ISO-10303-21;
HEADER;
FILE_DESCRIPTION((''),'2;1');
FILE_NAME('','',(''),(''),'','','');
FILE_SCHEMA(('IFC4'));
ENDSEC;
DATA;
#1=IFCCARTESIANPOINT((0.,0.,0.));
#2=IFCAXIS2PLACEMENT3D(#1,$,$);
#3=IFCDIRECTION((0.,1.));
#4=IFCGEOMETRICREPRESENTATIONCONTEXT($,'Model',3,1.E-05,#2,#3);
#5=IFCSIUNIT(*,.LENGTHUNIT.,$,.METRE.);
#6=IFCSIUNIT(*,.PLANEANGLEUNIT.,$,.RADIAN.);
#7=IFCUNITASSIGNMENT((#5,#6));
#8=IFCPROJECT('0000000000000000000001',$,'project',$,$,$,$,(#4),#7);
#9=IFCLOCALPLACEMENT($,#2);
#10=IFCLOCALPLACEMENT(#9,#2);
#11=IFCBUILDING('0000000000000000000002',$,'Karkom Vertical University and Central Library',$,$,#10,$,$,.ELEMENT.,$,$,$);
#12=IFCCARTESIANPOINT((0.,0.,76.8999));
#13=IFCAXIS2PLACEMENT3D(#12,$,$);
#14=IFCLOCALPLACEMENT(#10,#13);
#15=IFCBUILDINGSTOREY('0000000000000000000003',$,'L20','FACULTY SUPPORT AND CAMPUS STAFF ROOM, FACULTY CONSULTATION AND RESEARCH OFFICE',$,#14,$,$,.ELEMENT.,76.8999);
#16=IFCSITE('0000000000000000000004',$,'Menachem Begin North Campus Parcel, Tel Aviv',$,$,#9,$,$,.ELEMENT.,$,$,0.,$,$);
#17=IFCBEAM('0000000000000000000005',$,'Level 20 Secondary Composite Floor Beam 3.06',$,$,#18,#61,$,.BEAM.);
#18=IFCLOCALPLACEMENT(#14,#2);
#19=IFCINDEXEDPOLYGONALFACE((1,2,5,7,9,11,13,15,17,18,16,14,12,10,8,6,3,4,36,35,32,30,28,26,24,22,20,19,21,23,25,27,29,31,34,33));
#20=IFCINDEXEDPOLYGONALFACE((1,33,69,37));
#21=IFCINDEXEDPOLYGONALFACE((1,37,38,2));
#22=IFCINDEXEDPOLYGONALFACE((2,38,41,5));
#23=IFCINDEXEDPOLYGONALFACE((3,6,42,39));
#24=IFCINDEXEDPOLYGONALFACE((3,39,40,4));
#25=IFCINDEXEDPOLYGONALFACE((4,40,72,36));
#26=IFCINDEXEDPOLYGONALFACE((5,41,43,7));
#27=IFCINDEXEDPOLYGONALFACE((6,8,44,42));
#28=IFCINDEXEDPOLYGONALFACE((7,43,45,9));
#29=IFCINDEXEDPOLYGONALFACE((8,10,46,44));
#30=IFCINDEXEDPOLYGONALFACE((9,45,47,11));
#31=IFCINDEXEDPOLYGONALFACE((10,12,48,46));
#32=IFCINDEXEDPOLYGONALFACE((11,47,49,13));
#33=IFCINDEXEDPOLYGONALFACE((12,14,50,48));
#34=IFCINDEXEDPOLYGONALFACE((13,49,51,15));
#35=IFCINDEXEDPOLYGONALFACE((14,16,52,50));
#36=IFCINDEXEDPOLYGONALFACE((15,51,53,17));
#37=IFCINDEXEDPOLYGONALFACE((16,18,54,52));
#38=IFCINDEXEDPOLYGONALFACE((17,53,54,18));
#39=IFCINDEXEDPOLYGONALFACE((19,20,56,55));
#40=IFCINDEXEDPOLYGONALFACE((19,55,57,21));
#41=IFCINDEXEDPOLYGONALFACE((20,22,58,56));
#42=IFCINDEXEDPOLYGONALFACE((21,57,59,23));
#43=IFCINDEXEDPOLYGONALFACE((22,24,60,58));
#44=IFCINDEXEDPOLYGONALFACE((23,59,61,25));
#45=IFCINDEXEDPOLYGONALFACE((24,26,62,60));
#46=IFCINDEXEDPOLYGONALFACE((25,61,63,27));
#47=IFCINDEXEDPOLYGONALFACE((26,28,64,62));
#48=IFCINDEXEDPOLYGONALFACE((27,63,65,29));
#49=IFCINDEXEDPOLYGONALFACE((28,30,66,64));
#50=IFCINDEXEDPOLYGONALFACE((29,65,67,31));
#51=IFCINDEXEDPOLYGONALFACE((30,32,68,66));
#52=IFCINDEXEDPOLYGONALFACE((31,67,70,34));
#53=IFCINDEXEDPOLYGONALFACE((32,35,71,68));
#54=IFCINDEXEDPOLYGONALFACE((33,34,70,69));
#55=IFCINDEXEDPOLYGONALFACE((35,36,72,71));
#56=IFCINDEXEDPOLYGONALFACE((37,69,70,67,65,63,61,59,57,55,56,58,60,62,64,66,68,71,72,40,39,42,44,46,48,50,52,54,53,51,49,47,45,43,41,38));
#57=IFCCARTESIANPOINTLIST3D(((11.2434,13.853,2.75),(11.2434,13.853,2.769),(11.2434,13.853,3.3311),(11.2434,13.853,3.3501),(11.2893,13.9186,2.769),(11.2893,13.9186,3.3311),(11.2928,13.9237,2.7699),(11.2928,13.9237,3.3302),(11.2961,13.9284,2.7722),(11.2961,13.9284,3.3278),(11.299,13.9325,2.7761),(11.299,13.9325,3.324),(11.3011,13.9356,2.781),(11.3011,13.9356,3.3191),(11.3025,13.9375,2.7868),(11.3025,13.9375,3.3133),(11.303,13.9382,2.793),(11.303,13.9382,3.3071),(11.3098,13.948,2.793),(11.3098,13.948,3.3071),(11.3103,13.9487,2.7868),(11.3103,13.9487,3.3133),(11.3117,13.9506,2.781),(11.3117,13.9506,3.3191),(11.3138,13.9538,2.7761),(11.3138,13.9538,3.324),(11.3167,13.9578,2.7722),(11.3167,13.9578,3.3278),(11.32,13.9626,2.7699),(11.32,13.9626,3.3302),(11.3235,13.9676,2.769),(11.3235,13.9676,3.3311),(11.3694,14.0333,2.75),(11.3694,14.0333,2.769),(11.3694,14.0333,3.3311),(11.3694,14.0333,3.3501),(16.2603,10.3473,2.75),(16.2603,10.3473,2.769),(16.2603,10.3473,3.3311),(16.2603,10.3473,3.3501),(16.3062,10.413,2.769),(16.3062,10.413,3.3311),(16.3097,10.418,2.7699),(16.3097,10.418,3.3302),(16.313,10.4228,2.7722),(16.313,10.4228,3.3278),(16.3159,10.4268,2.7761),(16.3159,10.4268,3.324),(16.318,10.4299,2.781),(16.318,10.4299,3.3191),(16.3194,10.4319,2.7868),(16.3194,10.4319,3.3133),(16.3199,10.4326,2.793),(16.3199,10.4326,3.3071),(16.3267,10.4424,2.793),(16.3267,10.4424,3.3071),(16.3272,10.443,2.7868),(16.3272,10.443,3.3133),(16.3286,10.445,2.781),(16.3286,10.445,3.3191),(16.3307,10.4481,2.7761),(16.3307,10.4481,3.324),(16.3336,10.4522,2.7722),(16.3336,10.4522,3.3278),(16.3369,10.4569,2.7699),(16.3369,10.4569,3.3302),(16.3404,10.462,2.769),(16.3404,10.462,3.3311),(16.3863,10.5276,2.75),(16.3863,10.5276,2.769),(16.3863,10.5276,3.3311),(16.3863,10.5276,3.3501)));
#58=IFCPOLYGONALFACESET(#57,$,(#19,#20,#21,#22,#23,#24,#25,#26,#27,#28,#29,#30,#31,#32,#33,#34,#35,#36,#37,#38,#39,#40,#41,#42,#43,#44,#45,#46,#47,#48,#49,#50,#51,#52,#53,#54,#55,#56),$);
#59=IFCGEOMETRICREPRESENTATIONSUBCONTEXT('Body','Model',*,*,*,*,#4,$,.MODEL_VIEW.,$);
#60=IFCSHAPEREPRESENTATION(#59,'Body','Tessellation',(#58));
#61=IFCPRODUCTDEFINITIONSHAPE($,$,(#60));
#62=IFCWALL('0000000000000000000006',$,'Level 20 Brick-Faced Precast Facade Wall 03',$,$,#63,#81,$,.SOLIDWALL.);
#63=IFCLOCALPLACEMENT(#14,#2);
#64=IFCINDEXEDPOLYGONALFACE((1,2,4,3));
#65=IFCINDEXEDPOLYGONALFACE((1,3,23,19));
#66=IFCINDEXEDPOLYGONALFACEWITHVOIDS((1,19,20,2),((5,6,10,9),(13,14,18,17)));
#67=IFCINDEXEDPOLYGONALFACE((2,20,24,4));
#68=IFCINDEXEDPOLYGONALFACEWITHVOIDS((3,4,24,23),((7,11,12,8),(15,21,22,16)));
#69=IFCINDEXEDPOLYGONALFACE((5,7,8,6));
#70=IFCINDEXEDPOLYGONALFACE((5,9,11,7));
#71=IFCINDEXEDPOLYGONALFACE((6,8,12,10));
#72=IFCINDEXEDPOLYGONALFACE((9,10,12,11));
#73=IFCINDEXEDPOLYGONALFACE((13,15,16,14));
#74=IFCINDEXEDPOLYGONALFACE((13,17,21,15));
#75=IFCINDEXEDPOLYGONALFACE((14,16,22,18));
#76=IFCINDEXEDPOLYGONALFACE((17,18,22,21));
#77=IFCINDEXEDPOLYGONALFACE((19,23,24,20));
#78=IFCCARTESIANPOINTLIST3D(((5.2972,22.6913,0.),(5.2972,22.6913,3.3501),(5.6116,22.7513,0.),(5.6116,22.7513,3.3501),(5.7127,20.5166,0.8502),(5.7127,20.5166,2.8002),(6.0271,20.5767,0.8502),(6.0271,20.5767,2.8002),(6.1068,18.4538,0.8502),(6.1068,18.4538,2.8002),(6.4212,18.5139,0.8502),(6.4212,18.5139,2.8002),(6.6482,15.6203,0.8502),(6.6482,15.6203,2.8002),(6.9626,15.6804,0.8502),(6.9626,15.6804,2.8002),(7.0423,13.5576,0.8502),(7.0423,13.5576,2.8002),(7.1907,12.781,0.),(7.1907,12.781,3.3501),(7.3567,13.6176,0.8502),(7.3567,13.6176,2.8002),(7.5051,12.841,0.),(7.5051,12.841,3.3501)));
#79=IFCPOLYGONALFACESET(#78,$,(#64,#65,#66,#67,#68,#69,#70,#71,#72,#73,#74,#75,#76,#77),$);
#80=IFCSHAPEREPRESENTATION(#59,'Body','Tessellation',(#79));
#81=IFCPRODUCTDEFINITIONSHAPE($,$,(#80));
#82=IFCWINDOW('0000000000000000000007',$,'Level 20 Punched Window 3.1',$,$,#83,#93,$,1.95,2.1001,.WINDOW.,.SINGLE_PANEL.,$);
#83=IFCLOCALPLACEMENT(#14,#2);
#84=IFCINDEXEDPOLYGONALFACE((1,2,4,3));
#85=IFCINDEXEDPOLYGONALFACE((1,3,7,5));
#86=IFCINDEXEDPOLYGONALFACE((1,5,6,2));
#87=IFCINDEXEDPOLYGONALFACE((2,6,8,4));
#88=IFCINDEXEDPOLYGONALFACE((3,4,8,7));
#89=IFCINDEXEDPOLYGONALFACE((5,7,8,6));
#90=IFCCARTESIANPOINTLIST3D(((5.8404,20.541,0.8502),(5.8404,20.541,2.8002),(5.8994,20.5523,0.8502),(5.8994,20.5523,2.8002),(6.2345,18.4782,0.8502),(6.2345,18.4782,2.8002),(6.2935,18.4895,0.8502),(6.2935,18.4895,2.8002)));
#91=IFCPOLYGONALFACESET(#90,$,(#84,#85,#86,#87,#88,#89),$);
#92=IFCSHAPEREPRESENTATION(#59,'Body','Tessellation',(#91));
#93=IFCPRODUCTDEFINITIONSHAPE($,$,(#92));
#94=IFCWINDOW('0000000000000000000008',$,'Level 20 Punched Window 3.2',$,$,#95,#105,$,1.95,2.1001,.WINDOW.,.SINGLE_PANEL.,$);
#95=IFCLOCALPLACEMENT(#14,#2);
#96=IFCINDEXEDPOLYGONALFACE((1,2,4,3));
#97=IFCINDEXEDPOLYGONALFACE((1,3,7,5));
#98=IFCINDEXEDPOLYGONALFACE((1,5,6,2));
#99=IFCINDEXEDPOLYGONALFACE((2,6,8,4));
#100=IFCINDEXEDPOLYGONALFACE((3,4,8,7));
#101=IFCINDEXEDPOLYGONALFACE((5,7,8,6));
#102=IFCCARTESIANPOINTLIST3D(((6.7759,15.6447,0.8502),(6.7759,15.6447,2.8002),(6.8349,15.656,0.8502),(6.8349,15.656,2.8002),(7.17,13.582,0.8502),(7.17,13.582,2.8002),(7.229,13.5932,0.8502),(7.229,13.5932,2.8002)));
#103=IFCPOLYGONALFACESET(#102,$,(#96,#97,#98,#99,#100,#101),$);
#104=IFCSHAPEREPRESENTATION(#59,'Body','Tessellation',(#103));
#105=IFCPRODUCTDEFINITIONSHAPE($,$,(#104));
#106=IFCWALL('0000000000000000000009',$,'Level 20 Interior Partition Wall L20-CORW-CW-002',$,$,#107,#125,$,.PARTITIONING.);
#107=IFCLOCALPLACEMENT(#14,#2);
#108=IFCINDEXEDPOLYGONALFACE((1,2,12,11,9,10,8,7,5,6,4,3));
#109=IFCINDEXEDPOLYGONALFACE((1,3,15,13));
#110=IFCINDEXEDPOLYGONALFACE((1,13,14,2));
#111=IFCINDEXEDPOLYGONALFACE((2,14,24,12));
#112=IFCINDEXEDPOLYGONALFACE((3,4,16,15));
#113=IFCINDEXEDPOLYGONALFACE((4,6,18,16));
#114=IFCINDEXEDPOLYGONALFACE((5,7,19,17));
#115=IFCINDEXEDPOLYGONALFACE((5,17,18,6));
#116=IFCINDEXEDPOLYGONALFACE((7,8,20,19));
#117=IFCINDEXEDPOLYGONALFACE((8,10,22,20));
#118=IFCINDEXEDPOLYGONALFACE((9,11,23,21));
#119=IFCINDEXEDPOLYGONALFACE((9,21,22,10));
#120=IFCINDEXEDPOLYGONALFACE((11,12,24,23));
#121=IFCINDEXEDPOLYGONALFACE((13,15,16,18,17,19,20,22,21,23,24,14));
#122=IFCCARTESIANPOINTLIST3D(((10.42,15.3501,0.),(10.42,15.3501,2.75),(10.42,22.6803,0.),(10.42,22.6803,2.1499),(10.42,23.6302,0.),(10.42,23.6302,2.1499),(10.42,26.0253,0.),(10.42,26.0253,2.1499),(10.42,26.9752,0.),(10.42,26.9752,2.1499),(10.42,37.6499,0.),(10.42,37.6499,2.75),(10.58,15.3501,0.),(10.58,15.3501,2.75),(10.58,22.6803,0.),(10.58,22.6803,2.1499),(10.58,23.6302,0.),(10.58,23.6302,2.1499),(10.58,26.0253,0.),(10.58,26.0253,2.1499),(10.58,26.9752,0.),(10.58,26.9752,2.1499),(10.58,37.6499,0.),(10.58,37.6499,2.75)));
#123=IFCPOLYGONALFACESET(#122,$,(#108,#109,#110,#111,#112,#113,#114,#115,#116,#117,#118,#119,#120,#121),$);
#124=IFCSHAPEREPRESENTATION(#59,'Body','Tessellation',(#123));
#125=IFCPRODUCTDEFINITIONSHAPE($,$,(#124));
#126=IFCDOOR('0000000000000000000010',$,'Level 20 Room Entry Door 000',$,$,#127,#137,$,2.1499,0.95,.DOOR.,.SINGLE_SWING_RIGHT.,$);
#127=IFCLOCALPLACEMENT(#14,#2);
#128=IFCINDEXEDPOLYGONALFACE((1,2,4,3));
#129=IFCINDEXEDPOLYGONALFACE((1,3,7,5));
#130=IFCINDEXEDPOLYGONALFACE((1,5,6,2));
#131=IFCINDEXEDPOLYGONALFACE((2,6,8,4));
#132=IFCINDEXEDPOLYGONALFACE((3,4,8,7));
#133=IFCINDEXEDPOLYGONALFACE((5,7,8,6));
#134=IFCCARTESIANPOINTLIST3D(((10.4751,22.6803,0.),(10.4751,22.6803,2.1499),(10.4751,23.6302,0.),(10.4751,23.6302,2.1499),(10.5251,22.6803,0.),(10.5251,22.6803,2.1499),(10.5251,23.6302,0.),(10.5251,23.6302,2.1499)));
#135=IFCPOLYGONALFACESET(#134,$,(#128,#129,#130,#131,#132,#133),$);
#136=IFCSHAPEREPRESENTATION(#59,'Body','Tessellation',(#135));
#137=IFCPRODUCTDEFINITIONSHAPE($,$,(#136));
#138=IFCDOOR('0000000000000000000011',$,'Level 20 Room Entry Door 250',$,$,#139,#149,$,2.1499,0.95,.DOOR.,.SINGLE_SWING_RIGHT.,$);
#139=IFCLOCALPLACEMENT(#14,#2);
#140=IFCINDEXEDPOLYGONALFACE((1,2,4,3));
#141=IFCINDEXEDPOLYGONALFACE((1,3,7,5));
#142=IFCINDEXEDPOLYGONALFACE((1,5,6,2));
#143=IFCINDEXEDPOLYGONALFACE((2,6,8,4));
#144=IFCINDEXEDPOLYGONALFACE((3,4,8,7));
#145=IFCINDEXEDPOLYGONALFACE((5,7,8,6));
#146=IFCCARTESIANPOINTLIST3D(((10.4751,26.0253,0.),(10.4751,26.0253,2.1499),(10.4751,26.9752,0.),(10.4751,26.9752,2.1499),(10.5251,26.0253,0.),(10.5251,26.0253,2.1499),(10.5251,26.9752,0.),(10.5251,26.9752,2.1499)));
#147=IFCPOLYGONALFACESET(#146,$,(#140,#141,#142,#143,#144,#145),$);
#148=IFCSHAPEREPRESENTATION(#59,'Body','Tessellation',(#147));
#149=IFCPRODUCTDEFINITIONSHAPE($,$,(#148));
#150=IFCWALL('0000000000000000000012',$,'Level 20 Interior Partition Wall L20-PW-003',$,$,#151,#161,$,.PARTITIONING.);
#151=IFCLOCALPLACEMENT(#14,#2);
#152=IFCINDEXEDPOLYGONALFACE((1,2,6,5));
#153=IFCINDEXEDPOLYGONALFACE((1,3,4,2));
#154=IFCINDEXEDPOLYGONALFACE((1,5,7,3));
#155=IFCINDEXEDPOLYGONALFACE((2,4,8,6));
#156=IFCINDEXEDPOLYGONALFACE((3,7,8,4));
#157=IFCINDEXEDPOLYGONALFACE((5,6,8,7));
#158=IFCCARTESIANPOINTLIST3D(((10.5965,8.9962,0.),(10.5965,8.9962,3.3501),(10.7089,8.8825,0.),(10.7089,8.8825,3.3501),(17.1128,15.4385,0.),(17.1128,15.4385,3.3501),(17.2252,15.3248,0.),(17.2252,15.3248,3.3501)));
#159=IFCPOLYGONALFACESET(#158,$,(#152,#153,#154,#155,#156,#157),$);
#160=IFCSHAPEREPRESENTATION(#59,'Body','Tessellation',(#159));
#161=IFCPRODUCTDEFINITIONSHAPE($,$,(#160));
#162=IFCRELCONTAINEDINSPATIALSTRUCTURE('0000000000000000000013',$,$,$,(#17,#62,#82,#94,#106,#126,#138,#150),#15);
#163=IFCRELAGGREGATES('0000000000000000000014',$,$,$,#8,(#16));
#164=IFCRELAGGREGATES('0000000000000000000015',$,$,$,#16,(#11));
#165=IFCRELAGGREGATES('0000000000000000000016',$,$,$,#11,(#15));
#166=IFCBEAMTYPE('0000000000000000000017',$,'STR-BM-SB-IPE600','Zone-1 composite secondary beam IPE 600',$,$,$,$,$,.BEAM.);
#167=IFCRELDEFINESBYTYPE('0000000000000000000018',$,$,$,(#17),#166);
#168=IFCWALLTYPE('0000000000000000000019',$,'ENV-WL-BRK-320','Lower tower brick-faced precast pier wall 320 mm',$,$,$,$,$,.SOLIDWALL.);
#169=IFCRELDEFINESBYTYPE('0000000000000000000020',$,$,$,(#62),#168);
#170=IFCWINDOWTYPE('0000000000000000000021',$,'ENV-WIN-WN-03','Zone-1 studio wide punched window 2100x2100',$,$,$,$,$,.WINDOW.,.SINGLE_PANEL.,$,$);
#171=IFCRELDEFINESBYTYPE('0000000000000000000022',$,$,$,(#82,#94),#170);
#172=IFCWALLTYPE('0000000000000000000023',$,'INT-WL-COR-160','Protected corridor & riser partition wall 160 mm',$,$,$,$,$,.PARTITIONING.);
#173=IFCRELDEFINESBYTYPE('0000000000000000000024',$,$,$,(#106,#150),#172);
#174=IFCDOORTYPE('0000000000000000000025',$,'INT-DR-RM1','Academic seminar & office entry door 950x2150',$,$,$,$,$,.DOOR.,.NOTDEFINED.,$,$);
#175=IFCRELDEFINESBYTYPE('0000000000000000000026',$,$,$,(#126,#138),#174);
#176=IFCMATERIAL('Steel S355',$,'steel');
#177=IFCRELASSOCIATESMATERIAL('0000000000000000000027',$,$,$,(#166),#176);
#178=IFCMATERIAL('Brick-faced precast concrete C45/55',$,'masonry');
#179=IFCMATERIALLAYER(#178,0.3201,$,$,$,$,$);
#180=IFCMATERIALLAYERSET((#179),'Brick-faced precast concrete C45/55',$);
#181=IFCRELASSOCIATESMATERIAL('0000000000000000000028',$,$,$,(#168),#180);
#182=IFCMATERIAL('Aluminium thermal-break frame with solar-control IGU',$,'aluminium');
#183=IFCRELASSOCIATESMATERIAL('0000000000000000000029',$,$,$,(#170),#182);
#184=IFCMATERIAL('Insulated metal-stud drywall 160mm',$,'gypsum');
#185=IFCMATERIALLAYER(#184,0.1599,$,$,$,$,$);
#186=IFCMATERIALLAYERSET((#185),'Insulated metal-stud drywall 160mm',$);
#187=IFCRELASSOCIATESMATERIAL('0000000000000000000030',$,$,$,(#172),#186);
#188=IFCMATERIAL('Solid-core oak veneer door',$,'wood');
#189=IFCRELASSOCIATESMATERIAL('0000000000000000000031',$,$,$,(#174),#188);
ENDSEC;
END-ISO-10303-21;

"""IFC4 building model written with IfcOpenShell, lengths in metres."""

from ifc_helpers import new_model, si_unit, direction, frame, frame_2d, origin, origin_with_axes, origin_2d, place, context, subcontext, project, spatial, rectangle, i_section, extrude, source, transform, mapped, material, layer, layer_set, material_profile, profile_set, type_object, element, fill, save


model = new_model("IFC4")

# Units and contexts
model_context = context("Model", 3, precision=1e-05, world=origin(), true_north=direction((0.0, 1.0)))
body_context = subcontext(model_context, "Body", "Model", "MODEL_VIEW")
ifc_project = project(units=[si_unit("LENGTHUNIT", "METRE"), si_unit("PLANEANGLEUNIT", "RADIAN")], contexts=[model_context])

# Site, building, storey
site_placement = place(None, origin())
site = spatial("IfcSite", under=ifc_project, at=site_placement, Name="Menachem Begin North Campus Parcel, Tel Aviv", CompositionType="ELEMENT", RefElevation=0.0)
building_placement = place(site_placement, origin())
building = spatial("IfcBuilding", under=site, at=building_placement, Name="Karkom Vertical University and Central Library", CompositionType="ELEMENT")
storey_placement = place(building_placement, frame((0.0, 0.0, 76.8999)))
storey = spatial("IfcBuildingStorey", under=building, at=storey_placement, Name="L20", Description="FACULTY SUPPORT AND CAMPUS STAFF ROOM, FACULTY CONSULTATION AND RESEARCH OFFICE", CompositionType="ELEMENT", Elevation=76.8999)

# Beam
ifc_material_1 = material(Name="Steel S355", Category="steel")
ifc_material_profile_1 = material_profile(ifc_material_1, i_section(OverallWidth=0.22, OverallDepth=0.6001, WebThickness=0.012, FlangeThickness=0.019, FilletRadius=0.0239, at=origin_2d()), Name="IPE 600")
ifc_profile_set_1 = profile_set([ifc_material_profile_1], Name="Steel S355")
beam_type_1 = type_object("IfcBeamType", Name="STR-BM-SB-IPE600", Description="Zone-1 composite secondary beam IPE 600", PredefinedType="BEAM", material=ifc_profile_set_1)
shared_shape_1 = source(origin_with_axes(), body_context, "Body", "SweptSolid", [
    extrude(i_section(OverallWidth=0.22, OverallDepth=0.6001, WebThickness=0.012, FlangeThickness=0.019, FilletRadius=0.0239, at=origin_2d()), origin(), (0.0, 0.0, 1.0), 6.1204),
])
beam_1_placement = place(storey_placement, frame((11.3064, 13.9431, 3.05), z_axis=(0.819706, -0.572785, 0.0), x_axis=(0.572785, 0.819706, 0.0)))
element("IfcBeam", 1, at=beam_1_placement, inside=storey, type_object=beam_type_1, Name="Level 20 Secondary Composite Floor Beam 3.06", PredefinedType="BEAM", context=body_context, shape_type="MappedRepresentation", body=[
    mapped(shared_shape_1, transform((0.0, 0.0, 0.0), scale=1.0)),
])

# Wall, openings, windows
ifc_material_2 = material(Name="Brick-faced precast concrete C45/55", Category="masonry")
ifc_layer_1 = layer(ifc_material_2, 0.3201)
ifc_layer_set_1 = layer_set([ifc_layer_1], Name="Brick-faced precast concrete C45/55")
wall_type_1 = type_object("IfcWallType", Name="ENV-WL-BRK-320", Description="Lower tower brick-faced precast pier wall 320 mm", PredefinedType="SOLIDWALL", material=ifc_layer_set_1)
wall_1_placement = place(storey_placement, frame((5.4543, 22.7214, 0.0), z_axis=(0.0, 0.0, 1.0), x_axis=(0.187672, -0.982232, 0.0)))
wall_1 = element("IfcWall", 2, at=wall_1_placement, inside=storey, type_object=wall_type_1, Name="Level 20 Brick-Faced Precast Facade Wall 03", PredefinedType="SOLIDWALL", context=body_context, shape_type="SweptSolid", body=[
    extrude(rectangle(XDim=10.0896, YDim=0.3201, at=frame_2d((5.0449, 0.0))), origin(), (0.0, 0.0, 1.0), 3.3501),
])
opening_1_placement = place(wall_1_placement, frame((2.2141, 0.0, 0.8501)))
opening_1 = element("IfcOpeningElement", 3, at=opening_1_placement, cuts=wall_1, PredefinedType="OPENING", context=body_context, shape_type="SweptSolid", body=[
    extrude(rectangle(XDim=2.1001, YDim=1.95, at=frame_2d((1.05, 0.9751))), frame((0.0, 0.1699, 0.0), z_axis=(0.0, -1.0, 0.0), x_axis=(1.0, 0.0, 0.0)), (0.0, 0.0, 1.0), 0.3401),
])
opening_2_placement = place(wall_1_placement, frame((7.199, 0.0, 0.8501)))
opening_2 = element("IfcOpeningElement", 4, at=opening_2_placement, cuts=wall_1, PredefinedType="OPENING", context=body_context, shape_type="SweptSolid", body=[
    extrude(rectangle(XDim=2.1001, YDim=1.95, at=frame_2d((1.05, 0.9751))), frame((0.0, 0.1699, 0.0), z_axis=(0.0, -1.0, 0.0), x_axis=(1.0, 0.0, 0.0)), (0.0, 0.0, 1.0), 0.3401),
])
ifc_material_3 = material(Name="Aluminium thermal-break frame with solar-control IGU", Category="aluminium")
window_type = type_object("IfcWindowType", Name="ENV-WIN-WN-03", Description="Zone-1 studio wide punched window 2100x2100", PartitioningType="SINGLE_PANEL", PredefinedType="WINDOW", material=ifc_material_3)
shared_shape_2 = source(origin_with_axes(), body_context, "Body", "SweptSolid", [
    extrude(rectangle(XDim=2.1001, YDim=1.95, at=frame_2d((1.05, 0.9751))), frame((0.0, 0.03, 0.0), z_axis=(0.0, -1.0, 0.0), x_axis=(1.0, 0.0, 0.0)), (0.0, 0.0, 1.0), 0.0601),
])
window_1_placement = place(opening_1_placement, origin())
window_1 = element("IfcWindow", 5, at=window_1_placement, inside=storey, type_object=window_type, Name="Level 20 Punched Window 3.1", OverallHeight=1.95, OverallWidth=2.1001, PartitioningType="SINGLE_PANEL", PredefinedType="WINDOW", context=body_context, shape_type="MappedRepresentation", body=[
    mapped(shared_shape_2, transform((0.0, 0.0, 0.0), scale=1.0)),
])
fill(opening_1, window_1)
window_2_placement = place(opening_2_placement, origin())
window_2 = element("IfcWindow", 6, at=window_2_placement, inside=storey, type_object=window_type, Name="Level 20 Punched Window 3.2", OverallHeight=1.95, OverallWidth=2.1001, PartitioningType="SINGLE_PANEL", PredefinedType="WINDOW", context=body_context, shape_type="MappedRepresentation", body=[
    mapped(shared_shape_2, transform((0.0, 0.0, 0.0), scale=1.0)),
])
fill(opening_2, window_2)

# Wall, openings, doors
ifc_material_4 = material(Name="Insulated metal-stud drywall 160mm", Category="gypsum")
ifc_layer_2 = layer(ifc_material_4, 0.1599)
ifc_layer_set_2 = layer_set([ifc_layer_2], Name="Insulated metal-stud drywall 160mm")
wall_type_2 = type_object("IfcWallType", Name="INT-WL-COR-160", Description="Protected corridor & riser partition wall 160 mm", PredefinedType="PARTITIONING", material=ifc_layer_set_2)
wall_2_placement = place(storey_placement, frame((10.5, 15.3501, 0.0), z_axis=(0.0, 0.0, 1.0), x_axis=(0.0, 1.0, 0.0)))
wall_2 = element("IfcWall", 7, at=wall_2_placement, inside=storey, type_object=wall_type_2, Name="Level 20 Interior Partition Wall L20-CORW-CW-002", PredefinedType="PARTITIONING", context=body_context, shape_type="SweptSolid", body=[
    extrude(rectangle(XDim=22.2998, YDim=0.1599, at=frame_2d((11.1499, 0.0))), origin(), (0.0, 0.0, 1.0), 2.75),
])
opening_3_placement = place(wall_2_placement, frame((7.3301, 0.0, 0.0)))
opening_3 = element("IfcOpeningElement", 8, at=opening_3_placement, cuts=wall_2, PredefinedType="OPENING", context=body_context, shape_type="SweptSolid", body=[
    extrude(rectangle(XDim=0.95, YDim=2.1499, at=frame_2d((0.4751, 1.075))), frame((0.0, 0.0898, 0.0), z_axis=(0.0, -1.0, 0.0), x_axis=(1.0, 0.0, 0.0)), (0.0, 0.0, 1.0), 0.1799),
])
opening_4_placement = place(wall_2_placement, frame((10.675, 0.0, 0.0)))
opening_4 = element("IfcOpeningElement", 9, at=opening_4_placement, cuts=wall_2, PredefinedType="OPENING", context=body_context, shape_type="SweptSolid", body=[
    extrude(rectangle(XDim=0.95, YDim=2.1499, at=frame_2d((0.4751, 1.075))), frame((0.0, 0.0898, 0.0), z_axis=(0.0, -1.0, 0.0), x_axis=(1.0, 0.0, 0.0)), (0.0, 0.0, 1.0), 0.1799),
])
ifc_material_5 = material(Name="Solid-core oak veneer door", Category="wood")
door_type_1 = type_object("IfcDoorType", Name="INT-DR-RM1", Description="Academic seminar & office entry door 950x2150", OperationType="NOTDEFINED", PredefinedType="DOOR", material=ifc_material_5)
shared_shape_3 = source(origin_with_axes(), body_context, "Body", "SweptSolid", [
    extrude(rectangle(XDim=0.95, YDim=2.1499, at=frame_2d((0.4751, 1.075))), frame((0.0, 0.0249, 0.0), z_axis=(0.0, -1.0, 0.0), x_axis=(1.0, 0.0, 0.0)), (0.0, 0.0, 1.0), 0.05),
])
door_1_placement = place(opening_3_placement, origin())
door_1 = element("IfcDoor", 10, at=door_1_placement, inside=storey, type_object=door_type_1, Name="Level 20 Room Entry Door 000", OperationType="SINGLE_SWING_RIGHT", OverallHeight=2.1499, OverallWidth=0.95, PredefinedType="DOOR", context=body_context, shape_type="MappedRepresentation", body=[
    mapped(shared_shape_3, transform((0.0, 0.0, 0.0), scale=1.0)),
])
fill(opening_3, door_1)
door_2_placement = place(opening_4_placement, origin())
door_2 = element("IfcDoor", 11, at=door_2_placement, inside=storey, type_object=door_type_1, Name="Level 20 Room Entry Door 250", OperationType="SINGLE_SWING_RIGHT", OverallHeight=2.1499, OverallWidth=0.95, PredefinedType="DOOR", context=body_context, shape_type="MappedRepresentation", body=[
    mapped(shared_shape_3, transform((0.0, 0.0, 0.0), scale=1.0)),
])
fill(opening_4, door_2)

# Wall
wall_3_placement = place(storey_placement, frame((17.1689, 15.3816, 0.0), z_axis=(0.0, 0.0, 1.0), x_axis=(-0.711132, -0.703059, 0.0)))
element("IfcWall", 12, at=wall_3_placement, inside=storey, type_object=wall_type_2, Name="Level 20 Interior Partition Wall L20-PW-003", PredefinedType="PARTITIONING", context=body_context, shape_type="SweptSolid", body=[
    extrude(rectangle(XDim=9.1633, YDim=0.1599, at=frame_2d((4.5815, 0.0))), origin(), (0.0, 0.0, 1.0), 3.3501),
])

save(model, "model.ifc")
